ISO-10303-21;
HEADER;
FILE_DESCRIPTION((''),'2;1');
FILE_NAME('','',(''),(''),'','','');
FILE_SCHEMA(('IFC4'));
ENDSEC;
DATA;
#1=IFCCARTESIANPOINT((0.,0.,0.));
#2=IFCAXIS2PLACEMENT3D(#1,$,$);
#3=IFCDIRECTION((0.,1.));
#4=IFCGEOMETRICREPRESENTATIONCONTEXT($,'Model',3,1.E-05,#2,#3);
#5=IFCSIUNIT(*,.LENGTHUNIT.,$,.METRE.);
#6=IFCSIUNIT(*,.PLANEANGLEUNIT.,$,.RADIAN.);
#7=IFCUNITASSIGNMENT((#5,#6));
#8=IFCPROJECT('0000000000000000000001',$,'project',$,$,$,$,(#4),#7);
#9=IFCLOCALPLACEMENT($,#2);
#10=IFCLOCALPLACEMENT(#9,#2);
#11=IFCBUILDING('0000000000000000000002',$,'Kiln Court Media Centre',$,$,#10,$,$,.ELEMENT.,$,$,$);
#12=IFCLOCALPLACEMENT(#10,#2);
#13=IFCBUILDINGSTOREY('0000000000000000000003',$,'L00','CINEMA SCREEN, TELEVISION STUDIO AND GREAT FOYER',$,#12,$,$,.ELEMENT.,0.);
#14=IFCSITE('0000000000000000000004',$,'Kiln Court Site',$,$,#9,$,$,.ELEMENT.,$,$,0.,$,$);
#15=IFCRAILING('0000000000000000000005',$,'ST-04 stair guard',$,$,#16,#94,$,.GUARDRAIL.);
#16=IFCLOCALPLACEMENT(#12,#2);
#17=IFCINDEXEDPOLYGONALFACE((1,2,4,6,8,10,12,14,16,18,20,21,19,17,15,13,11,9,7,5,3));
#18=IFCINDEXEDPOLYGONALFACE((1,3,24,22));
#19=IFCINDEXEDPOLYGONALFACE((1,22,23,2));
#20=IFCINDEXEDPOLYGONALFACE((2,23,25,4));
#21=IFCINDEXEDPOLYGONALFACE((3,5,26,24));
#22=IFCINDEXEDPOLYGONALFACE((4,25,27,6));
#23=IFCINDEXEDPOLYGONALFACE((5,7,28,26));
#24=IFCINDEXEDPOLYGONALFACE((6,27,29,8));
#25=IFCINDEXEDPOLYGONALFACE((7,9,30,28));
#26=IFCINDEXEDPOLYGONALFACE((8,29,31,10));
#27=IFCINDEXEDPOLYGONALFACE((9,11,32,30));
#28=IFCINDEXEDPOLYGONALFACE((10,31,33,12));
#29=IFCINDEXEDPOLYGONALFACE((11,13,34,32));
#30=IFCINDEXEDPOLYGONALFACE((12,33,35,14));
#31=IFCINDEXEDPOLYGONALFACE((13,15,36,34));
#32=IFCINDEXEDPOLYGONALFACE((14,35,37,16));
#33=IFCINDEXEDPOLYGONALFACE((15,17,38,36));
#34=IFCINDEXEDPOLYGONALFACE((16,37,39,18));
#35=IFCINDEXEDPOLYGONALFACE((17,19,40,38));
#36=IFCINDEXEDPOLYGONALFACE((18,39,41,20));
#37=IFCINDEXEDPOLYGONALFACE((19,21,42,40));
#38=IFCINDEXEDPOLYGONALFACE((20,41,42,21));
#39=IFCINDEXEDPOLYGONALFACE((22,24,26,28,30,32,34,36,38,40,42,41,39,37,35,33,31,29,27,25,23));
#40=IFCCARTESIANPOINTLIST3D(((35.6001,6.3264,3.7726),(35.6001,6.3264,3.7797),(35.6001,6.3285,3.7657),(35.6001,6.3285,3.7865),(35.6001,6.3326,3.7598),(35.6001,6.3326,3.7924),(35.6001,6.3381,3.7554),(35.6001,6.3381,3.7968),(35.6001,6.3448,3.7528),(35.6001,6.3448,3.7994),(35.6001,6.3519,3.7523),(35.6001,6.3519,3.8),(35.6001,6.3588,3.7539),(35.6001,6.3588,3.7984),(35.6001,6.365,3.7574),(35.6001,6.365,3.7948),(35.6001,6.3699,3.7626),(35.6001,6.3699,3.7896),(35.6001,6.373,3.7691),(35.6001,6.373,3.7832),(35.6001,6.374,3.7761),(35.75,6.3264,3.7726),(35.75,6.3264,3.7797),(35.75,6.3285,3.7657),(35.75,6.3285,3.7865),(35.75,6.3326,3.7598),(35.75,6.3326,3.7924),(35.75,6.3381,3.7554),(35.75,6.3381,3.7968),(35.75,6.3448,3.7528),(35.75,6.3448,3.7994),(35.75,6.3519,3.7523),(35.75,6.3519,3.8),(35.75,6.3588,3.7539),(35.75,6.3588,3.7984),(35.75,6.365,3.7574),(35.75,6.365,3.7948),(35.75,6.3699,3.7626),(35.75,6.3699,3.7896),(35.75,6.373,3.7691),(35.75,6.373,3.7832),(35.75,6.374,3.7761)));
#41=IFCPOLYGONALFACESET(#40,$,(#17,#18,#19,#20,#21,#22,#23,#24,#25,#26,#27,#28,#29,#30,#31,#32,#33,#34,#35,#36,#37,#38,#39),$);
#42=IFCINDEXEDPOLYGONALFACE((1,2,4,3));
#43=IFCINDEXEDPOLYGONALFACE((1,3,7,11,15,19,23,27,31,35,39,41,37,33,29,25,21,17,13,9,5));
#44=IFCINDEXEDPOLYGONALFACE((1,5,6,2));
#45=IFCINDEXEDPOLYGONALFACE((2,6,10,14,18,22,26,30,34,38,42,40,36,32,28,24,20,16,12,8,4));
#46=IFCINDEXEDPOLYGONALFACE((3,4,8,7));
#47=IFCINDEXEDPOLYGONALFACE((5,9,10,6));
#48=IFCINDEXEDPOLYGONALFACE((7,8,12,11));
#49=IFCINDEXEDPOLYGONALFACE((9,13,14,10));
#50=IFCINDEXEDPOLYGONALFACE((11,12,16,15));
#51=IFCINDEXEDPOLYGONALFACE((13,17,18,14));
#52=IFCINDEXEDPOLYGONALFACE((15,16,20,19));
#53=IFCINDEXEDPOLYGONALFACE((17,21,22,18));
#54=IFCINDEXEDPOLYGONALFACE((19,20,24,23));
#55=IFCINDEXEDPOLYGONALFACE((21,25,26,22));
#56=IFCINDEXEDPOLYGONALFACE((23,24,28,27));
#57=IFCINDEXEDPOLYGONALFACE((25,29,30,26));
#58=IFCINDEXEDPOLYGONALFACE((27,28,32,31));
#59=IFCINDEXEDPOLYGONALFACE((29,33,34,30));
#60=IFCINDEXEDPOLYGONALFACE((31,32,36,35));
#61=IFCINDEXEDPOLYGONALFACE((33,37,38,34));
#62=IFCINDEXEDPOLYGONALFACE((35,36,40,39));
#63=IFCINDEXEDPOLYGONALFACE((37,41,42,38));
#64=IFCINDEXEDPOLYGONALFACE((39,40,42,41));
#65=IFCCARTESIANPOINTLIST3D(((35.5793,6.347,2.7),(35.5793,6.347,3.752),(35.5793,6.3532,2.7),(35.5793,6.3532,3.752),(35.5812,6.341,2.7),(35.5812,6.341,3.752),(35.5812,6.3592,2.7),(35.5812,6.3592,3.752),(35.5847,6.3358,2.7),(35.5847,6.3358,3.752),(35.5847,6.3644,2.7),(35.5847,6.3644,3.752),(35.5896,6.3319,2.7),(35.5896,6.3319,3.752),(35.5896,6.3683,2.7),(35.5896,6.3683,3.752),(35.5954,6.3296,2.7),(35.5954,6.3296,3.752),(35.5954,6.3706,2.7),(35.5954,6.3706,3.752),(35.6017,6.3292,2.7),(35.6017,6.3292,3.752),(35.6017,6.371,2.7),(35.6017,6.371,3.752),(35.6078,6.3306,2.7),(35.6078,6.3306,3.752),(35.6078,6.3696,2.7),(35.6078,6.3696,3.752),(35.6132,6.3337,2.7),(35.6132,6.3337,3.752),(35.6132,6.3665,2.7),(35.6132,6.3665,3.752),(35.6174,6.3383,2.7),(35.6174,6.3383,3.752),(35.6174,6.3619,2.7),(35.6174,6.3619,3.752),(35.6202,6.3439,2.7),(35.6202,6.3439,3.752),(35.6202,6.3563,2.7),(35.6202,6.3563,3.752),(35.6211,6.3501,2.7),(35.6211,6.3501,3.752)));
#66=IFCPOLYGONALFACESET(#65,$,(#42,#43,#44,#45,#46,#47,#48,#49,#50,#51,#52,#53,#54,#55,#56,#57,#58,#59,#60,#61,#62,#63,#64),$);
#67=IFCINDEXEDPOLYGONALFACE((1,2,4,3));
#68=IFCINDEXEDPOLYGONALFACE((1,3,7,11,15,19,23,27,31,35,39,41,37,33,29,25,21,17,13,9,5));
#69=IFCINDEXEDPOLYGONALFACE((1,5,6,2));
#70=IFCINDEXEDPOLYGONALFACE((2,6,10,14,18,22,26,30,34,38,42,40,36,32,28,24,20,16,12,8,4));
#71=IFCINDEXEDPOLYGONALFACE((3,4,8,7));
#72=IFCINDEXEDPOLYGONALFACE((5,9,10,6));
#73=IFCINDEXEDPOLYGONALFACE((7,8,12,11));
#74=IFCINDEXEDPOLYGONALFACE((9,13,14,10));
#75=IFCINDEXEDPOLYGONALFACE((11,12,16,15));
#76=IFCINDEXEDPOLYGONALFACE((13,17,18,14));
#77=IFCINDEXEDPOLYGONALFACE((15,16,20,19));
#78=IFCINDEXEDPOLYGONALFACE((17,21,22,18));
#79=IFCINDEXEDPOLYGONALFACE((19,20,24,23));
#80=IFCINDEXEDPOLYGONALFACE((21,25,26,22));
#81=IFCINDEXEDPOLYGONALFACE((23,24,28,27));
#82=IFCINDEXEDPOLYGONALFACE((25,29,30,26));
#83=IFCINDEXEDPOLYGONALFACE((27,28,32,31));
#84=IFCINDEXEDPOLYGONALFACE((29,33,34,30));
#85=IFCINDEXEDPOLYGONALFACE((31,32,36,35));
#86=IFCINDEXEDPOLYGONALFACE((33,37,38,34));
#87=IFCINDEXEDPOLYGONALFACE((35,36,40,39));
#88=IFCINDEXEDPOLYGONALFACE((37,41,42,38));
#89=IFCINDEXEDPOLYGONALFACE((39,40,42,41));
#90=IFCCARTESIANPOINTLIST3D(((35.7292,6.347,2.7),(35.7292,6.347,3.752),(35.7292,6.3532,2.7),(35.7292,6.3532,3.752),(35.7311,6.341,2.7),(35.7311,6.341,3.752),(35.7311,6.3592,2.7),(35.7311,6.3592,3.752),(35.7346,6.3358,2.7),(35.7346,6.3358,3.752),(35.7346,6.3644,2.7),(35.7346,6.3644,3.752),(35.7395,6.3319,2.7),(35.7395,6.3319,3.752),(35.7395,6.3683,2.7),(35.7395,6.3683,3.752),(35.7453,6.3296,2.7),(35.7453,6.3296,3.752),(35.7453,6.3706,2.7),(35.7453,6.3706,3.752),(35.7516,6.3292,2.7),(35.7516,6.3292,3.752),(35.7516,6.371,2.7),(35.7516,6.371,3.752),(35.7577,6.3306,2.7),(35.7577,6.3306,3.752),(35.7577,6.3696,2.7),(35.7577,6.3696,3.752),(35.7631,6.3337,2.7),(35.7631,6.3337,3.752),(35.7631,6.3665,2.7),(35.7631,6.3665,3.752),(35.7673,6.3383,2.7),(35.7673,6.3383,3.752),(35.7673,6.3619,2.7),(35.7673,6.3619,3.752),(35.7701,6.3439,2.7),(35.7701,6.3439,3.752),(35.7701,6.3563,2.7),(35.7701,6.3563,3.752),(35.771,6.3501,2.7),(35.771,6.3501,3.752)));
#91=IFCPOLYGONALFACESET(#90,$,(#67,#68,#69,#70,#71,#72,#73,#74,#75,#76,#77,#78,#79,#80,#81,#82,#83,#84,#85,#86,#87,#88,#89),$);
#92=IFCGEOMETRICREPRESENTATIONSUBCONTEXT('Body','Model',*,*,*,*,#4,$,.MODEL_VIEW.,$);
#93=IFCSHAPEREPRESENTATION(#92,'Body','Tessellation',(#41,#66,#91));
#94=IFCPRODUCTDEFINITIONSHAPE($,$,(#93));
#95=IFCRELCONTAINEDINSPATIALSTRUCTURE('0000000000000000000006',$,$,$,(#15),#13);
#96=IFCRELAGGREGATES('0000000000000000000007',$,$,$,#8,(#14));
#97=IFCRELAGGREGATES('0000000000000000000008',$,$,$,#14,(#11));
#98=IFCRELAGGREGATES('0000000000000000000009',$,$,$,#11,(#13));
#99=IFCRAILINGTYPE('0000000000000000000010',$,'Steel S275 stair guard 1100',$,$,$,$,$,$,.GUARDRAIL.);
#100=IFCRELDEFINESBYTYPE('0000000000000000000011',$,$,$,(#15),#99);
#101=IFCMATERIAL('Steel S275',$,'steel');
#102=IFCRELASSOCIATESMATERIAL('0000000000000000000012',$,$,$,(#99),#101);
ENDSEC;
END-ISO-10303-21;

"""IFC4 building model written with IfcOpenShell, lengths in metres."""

from ifc_helpers import new_model, si_unit, direction, frame, origin, origin_2d, place, context, subcontext, project, spatial, circle, extrude, material, type_object, element, save


model = new_model("IFC4")

# Units and contexts
model_context = context("Model", 3, precision=1e-05, world=origin(), true_north=direction((0.0, 1.0)))
body_context = subcontext(model_context, "Body", "Model", "MODEL_VIEW")
ifc_project = project(units=[si_unit("LENGTHUNIT", "METRE"), si_unit("PLANEANGLEUNIT", "RADIAN")], contexts=[model_context])

# Site, building, storey
site_placement = place(None, origin())
site = spatial("IfcSite", under=ifc_project, at=site_placement, Name="Kiln Court Site", CompositionType="ELEMENT", RefElevation=0.0)
building_placement = place(site_placement, origin())
building = spatial("IfcBuilding", under=site, at=building_placement, Name="Kiln Court Media Centre", CompositionType="ELEMENT")
storey_placement = place(building_placement, origin())
storey = spatial("IfcBuildingStorey", under=building, at=storey_placement, Name="L00", Description="CINEMA SCREEN, TELEVISION STUDIO AND GREAT FOYER", CompositionType="ELEMENT", Elevation=0.0)

# Railing
ifc_material_1 = material(Name="Steel S275", Category="steel")
railing_type_1 = type_object("IfcRailingType", Name="Steel S275 stair guard 1100", PredefinedType="GUARDRAIL", material=ifc_material_1)
railing_1_placement = place(storey_placement, frame((35.6001, 6.3501, 2.7)))
element("IfcRailing", 1, at=railing_1_placement, inside=storey, type_object=railing_type_1, Name="ST-04 stair guard", PredefinedType="GUARDRAIL", context=body_context, shape_type="SweptSolid", body=[
    extrude(circle(Radius=0.0239, at=origin_2d()), frame((0.0, 0.0, 1.0762), z_axis=(1.0, 0.0, 0.0), x_axis=(0.0, 1.0, 0.0)), (0.0, 0.0, 1.0), 0.1499),
    extrude(circle(Radius=0.021, at=origin_2d()), origin(), (0.0, 0.0, 1.0), 1.052),
    extrude(circle(Radius=0.021, at=origin_2d()), frame((0.1499, 0.0, 0.0)), (0.0, 0.0, 1.0), 1.052),
])

save(model, "model.ifc")
